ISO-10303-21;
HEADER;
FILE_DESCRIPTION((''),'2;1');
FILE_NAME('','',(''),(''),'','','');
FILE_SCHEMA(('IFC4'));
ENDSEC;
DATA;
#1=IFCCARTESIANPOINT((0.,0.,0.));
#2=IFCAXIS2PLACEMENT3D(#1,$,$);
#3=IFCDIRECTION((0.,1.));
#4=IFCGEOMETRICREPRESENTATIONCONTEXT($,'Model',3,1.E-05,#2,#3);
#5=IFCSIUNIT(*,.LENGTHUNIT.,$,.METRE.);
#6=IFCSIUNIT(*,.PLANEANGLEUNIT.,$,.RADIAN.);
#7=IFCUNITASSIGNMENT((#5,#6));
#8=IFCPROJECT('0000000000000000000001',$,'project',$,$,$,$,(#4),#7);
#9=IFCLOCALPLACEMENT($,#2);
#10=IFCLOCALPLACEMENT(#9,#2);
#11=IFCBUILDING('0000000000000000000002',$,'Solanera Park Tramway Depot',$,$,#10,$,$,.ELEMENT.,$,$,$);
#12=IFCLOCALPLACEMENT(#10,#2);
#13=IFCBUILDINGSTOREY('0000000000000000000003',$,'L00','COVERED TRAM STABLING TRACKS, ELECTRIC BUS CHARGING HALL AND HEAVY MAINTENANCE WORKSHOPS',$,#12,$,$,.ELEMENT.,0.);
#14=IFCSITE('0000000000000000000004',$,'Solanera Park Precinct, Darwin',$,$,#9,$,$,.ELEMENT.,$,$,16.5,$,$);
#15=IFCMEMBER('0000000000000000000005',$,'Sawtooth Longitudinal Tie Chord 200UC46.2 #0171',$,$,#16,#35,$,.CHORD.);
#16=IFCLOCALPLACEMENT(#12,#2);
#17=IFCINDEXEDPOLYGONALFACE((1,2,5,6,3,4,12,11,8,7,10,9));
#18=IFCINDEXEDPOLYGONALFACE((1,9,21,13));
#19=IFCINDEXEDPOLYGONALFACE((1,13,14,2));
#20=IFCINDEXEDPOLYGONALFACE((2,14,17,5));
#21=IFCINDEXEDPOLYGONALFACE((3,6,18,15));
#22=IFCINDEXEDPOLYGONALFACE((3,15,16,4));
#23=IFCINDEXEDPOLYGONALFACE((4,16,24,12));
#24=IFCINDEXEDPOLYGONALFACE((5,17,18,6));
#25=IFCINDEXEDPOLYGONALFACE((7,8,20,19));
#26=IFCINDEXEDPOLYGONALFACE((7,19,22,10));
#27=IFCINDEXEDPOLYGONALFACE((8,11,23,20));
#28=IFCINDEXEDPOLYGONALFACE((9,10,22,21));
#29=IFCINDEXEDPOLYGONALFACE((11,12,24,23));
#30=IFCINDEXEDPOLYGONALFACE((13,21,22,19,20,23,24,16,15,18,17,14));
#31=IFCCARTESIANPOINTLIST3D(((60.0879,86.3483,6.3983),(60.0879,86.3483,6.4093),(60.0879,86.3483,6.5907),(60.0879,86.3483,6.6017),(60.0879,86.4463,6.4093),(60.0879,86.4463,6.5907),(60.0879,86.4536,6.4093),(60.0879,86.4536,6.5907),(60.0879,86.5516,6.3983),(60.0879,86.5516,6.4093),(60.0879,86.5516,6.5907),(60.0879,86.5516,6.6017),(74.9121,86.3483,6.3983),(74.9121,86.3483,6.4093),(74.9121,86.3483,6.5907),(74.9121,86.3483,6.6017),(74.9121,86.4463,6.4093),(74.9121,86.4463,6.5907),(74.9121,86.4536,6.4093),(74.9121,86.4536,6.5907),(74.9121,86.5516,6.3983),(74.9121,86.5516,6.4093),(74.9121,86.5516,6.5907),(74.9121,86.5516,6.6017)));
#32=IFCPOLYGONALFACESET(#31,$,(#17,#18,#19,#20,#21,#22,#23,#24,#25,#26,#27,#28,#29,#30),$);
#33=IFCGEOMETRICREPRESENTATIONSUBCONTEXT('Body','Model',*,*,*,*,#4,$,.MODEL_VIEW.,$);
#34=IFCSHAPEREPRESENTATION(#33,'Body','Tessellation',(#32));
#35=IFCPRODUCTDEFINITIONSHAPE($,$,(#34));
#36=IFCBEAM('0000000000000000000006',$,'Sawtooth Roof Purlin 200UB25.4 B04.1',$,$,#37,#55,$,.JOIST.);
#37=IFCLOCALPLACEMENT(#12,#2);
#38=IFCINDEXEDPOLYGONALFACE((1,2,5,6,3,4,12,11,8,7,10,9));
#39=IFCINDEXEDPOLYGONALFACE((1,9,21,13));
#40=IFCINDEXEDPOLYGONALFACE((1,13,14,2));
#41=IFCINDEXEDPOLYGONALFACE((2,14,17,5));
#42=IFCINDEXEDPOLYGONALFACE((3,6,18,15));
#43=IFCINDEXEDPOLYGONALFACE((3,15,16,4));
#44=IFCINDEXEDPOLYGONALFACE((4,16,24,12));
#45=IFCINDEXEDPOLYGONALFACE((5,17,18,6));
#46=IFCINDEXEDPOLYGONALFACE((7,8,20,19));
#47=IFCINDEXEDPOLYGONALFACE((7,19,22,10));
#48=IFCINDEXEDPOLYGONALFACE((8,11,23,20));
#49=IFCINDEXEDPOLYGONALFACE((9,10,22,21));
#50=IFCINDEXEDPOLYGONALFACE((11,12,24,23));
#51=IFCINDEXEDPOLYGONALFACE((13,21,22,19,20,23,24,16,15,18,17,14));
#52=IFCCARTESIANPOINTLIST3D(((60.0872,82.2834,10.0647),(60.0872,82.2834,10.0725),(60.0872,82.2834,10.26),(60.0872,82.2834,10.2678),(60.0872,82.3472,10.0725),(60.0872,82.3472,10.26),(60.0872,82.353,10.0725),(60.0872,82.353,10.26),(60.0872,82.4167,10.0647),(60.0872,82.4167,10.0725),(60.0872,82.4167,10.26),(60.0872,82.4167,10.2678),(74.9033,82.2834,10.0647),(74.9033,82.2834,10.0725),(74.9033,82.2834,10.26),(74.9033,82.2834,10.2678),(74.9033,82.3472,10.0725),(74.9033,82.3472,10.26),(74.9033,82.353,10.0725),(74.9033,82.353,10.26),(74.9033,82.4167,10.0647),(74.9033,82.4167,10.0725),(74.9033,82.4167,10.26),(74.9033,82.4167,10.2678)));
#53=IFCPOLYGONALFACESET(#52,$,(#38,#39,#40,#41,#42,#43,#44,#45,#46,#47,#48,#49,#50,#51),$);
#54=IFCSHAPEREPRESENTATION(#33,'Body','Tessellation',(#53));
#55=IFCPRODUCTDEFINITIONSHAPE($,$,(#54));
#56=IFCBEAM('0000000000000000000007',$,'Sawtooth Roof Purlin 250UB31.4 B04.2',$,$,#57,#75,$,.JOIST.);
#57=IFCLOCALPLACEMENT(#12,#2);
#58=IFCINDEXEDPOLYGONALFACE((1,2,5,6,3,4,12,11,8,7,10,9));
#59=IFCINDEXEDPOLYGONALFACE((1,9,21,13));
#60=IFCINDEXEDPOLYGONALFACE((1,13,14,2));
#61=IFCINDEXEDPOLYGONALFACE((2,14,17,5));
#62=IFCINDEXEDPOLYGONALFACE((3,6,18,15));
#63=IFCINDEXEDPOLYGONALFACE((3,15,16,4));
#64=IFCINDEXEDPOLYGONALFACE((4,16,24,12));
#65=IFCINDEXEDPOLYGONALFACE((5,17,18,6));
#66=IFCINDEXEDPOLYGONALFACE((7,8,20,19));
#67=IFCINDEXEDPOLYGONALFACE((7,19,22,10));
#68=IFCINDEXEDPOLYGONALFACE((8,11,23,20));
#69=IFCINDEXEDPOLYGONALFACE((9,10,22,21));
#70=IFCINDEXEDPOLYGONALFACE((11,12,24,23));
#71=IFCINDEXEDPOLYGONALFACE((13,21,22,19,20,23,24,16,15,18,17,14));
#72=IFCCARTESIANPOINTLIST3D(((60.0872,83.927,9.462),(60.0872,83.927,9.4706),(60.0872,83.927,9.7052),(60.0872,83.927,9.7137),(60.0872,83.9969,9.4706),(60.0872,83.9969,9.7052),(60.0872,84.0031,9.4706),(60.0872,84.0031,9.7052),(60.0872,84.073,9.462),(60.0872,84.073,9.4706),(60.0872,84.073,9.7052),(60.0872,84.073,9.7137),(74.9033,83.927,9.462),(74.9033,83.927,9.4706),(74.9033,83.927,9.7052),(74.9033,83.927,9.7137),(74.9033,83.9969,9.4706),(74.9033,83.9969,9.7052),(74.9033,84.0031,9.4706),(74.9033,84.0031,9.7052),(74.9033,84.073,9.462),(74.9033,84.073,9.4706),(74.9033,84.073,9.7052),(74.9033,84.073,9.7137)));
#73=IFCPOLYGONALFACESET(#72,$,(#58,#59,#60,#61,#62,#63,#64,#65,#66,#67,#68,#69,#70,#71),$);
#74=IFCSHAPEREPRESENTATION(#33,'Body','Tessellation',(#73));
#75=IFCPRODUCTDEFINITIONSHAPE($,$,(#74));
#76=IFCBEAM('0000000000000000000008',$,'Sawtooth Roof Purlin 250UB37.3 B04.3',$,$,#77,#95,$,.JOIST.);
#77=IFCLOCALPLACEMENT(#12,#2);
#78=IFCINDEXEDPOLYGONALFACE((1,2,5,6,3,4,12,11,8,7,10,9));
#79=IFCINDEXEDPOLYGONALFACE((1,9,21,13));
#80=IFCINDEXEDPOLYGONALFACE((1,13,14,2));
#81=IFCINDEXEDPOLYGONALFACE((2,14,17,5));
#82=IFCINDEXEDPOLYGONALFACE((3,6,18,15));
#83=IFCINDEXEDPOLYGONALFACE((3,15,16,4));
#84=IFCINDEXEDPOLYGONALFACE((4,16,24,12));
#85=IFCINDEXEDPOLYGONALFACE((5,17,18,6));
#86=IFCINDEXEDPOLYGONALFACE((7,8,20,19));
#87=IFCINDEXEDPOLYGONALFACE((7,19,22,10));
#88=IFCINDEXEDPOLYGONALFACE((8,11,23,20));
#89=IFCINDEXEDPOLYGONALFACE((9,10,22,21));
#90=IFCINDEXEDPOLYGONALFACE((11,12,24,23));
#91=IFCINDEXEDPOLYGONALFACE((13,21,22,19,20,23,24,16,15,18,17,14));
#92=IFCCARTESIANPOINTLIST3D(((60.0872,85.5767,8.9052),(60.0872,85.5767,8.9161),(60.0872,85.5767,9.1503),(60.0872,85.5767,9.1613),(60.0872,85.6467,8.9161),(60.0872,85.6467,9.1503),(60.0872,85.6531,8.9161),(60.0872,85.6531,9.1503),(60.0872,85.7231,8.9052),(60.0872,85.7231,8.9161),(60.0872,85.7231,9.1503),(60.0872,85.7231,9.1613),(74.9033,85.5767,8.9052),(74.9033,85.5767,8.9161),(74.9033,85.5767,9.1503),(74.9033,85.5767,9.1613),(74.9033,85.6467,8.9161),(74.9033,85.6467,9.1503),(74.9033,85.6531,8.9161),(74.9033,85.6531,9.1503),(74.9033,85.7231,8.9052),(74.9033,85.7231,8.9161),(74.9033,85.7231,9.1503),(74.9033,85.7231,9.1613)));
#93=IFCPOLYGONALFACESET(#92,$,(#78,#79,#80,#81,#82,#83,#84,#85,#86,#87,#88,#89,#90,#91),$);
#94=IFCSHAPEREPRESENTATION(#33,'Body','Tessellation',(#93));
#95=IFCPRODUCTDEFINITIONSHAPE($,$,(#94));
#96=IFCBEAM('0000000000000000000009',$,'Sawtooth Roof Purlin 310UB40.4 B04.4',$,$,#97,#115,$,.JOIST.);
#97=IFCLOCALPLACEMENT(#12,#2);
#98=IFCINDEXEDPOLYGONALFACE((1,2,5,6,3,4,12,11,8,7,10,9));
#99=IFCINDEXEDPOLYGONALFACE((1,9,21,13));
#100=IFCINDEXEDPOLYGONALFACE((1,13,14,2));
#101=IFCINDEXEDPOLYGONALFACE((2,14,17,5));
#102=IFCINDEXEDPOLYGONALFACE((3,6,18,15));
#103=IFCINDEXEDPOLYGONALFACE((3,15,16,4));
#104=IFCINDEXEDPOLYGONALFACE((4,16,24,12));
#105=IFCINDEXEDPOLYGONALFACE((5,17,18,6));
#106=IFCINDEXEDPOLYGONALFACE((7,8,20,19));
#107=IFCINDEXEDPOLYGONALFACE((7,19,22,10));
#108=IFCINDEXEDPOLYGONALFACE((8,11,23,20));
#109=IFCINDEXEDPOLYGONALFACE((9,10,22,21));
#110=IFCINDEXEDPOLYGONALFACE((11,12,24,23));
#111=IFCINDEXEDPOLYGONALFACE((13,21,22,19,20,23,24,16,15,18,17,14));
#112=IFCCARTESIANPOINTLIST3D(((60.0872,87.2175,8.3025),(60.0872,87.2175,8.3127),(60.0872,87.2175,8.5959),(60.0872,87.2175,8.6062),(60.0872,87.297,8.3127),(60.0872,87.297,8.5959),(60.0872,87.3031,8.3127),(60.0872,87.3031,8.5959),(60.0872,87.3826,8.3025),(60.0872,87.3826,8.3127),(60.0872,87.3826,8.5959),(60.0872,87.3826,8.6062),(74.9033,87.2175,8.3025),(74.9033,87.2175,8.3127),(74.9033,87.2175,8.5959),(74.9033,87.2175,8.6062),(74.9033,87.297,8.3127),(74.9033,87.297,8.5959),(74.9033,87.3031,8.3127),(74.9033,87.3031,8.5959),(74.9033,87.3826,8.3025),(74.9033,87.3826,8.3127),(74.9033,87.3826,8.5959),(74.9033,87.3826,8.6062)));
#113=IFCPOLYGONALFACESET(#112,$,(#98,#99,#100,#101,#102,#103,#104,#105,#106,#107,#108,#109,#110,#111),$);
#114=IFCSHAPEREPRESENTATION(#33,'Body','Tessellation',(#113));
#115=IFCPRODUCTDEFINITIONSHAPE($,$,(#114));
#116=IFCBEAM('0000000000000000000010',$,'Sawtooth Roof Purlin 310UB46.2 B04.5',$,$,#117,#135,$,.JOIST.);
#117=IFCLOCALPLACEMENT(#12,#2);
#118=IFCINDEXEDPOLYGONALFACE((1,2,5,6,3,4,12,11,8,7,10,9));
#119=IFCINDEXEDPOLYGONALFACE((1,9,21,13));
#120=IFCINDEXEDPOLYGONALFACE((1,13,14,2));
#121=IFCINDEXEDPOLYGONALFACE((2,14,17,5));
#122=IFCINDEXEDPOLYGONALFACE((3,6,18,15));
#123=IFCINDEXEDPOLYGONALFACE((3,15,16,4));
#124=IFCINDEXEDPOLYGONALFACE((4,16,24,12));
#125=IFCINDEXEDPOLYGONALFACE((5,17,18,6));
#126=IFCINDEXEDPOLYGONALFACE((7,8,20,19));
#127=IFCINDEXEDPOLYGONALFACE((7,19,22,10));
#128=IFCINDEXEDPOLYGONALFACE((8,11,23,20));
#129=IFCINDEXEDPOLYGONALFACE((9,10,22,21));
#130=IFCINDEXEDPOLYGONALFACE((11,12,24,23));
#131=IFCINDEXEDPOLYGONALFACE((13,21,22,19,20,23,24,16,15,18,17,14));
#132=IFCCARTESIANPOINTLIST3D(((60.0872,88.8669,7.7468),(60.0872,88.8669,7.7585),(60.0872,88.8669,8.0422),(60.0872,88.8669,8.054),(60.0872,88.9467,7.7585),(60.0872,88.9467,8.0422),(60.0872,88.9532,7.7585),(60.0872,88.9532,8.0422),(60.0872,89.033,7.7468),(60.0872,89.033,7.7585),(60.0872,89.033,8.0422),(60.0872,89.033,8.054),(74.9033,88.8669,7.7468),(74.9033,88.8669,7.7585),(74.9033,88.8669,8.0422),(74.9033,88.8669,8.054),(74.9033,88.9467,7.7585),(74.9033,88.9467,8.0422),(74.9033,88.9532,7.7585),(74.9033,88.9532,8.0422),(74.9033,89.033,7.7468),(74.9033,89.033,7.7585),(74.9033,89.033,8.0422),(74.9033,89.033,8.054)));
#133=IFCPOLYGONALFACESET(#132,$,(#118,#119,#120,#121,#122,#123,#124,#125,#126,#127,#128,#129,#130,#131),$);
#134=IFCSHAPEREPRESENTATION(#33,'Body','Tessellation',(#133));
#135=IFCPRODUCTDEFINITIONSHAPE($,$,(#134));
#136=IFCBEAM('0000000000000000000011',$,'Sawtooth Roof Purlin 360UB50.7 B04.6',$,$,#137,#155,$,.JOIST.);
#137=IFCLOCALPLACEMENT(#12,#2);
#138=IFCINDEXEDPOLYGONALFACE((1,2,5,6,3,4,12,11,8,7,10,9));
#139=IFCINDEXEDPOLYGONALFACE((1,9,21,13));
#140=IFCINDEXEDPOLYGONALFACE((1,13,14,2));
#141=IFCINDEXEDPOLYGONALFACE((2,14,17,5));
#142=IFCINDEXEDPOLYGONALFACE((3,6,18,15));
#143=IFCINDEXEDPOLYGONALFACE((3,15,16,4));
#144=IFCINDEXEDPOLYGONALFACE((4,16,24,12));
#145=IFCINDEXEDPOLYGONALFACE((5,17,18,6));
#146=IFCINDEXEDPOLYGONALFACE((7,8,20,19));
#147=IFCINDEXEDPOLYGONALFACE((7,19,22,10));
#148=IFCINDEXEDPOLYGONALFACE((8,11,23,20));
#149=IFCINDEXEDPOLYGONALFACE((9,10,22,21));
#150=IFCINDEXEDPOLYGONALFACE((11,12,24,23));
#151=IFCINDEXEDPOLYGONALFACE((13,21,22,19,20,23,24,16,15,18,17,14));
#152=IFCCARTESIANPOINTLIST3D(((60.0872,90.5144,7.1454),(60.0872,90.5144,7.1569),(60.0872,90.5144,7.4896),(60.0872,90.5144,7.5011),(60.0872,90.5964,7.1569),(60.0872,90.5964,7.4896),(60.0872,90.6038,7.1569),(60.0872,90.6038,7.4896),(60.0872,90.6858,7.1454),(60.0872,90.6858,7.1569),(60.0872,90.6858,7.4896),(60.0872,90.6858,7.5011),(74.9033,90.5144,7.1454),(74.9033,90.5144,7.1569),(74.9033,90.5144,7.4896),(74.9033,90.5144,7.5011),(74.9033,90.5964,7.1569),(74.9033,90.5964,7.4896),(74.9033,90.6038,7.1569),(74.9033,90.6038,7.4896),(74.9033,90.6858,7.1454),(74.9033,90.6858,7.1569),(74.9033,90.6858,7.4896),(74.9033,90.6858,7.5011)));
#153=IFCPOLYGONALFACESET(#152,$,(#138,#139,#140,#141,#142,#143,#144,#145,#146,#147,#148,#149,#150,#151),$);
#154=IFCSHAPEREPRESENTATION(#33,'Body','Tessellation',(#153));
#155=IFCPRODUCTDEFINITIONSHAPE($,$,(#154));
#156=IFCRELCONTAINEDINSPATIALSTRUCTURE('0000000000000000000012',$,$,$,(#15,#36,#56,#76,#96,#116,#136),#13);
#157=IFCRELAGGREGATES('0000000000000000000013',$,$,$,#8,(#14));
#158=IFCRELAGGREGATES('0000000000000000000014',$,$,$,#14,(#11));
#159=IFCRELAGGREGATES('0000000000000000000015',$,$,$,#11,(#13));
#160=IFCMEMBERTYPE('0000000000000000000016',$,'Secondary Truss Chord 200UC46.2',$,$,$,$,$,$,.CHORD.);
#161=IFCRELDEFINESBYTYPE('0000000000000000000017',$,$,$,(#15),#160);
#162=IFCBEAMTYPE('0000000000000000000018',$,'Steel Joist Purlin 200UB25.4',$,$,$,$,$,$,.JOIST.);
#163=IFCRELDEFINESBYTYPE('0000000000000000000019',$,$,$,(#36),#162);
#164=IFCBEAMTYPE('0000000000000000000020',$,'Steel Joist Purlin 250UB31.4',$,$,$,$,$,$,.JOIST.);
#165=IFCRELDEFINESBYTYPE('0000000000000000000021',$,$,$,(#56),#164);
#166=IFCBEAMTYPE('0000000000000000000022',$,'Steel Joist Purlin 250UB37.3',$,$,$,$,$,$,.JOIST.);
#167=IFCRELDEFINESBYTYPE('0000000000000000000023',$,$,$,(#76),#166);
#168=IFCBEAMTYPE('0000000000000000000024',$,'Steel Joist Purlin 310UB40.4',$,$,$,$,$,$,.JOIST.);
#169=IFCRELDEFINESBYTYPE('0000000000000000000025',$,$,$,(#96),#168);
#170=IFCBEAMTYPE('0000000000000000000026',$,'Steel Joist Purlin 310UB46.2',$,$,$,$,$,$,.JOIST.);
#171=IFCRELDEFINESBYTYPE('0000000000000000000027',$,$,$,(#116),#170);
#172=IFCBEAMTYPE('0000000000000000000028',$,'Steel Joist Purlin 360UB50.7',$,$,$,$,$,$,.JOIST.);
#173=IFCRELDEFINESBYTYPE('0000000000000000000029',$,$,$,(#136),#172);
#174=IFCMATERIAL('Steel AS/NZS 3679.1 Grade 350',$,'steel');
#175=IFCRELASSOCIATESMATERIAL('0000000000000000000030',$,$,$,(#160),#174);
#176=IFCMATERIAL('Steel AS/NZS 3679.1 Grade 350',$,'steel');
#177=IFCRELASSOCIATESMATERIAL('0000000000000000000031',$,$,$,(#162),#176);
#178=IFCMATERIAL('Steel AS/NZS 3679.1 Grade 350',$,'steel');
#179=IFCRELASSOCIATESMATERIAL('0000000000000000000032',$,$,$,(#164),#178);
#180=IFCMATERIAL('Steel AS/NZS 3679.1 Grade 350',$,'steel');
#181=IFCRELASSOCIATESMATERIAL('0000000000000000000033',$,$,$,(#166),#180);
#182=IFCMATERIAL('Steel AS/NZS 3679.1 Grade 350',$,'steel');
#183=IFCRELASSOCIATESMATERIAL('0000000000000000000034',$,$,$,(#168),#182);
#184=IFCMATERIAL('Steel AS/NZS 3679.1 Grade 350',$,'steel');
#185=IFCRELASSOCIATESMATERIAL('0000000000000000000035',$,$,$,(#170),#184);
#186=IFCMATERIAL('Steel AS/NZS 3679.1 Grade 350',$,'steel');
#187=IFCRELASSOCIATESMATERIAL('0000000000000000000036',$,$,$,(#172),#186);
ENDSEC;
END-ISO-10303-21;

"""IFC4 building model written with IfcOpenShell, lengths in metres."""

from ifc_helpers import new_model, si_unit, direction, frame, origin, origin_2d, place, context, subcontext, project, spatial, i_section, extrude, material, material_profile, profile_set, type_object, element, save


model = new_model("IFC4")

# Units and contexts
model_context = context("Model", 3, precision=1e-05, world=origin(), true_north=direction((0.0, 1.0)))
body_context = subcontext(model_context, "Body", "Model", "MODEL_VIEW")
ifc_project = project(units=[si_unit("LENGTHUNIT", "METRE"), si_unit("PLANEANGLEUNIT", "RADIAN")], contexts=[model_context])

# Site, building, storey
site_placement = place(None, origin())
site = spatial("IfcSite", under=ifc_project, at=site_placement, Name="Solanera Park Precinct, Darwin", CompositionType="ELEMENT", RefElevation=16.5)
building_placement = place(site_placement, origin())
building = spatial("IfcBuilding", under=site, at=building_placement, Name="Solanera Park Tramway Depot", CompositionType="ELEMENT")
storey_placement = place(building_placement, origin())
storey = spatial("IfcBuildingStorey", under=building, at=storey_placement, Name="L00", Description="COVERED TRAM STABLING TRACKS, ELECTRIC BUS CHARGING HALL AND HEAVY MAINTENANCE WORKSHOPS", CompositionType="ELEMENT", Elevation=0.0)

# Member
ifc_material_1 = material(Name="Steel AS/NZS 3679.1 Grade 350", Category="steel")
ifc_material_profile_1 = material_profile(ifc_material_1, i_section(OverallWidth=0.2034, OverallDepth=0.2034, WebThickness=0.0073, FlangeThickness=0.011, at=origin_2d()), Name="200UC46.2")
ifc_profile_set_1 = profile_set([ifc_material_profile_1], Name="Steel AS/NZS 3679.1 Grade 350")
member_type_1 = type_object("IfcMemberType", Name="Secondary Truss Chord 200UC46.2", PredefinedType="CHORD", material=ifc_profile_set_1)
member_1_placement = place(storey_placement, frame((60.0879, 86.45, 6.5), z_axis=(1.0, 0.0, 0.0), x_axis=(0.0, 1.0, 0.0)))
element("IfcMember", 1, at=member_1_placement, inside=storey, type_object=member_type_1, Name="Sawtooth Longitudinal Tie Chord 200UC46.2 #0171", PredefinedType="CHORD", context=body_context, shape_type="SweptSolid", body=[
    extrude(i_section(OverallWidth=0.2034, OverallDepth=0.2034, WebThickness=0.0073, FlangeThickness=0.011, at=origin_2d()), origin(), (0.0, 0.0, 1.0), 14.8242),
])

# Beams
ifc_material_2 = material(Name="Steel AS/NZS 3679.1 Grade 350", Category="steel")
ifc_material_profile_2 = material_profile(ifc_material_2, i_section(OverallWidth=0.1333, OverallDepth=0.2031, WebThickness=0.0059, FlangeThickness=0.0078, at=origin_2d()), Name="200UB25.4")
ifc_profile_set_2 = profile_set([ifc_material_profile_2], Name="Steel AS/NZS 3679.1 Grade 350")
beam_type_1 = type_object("IfcBeamType", Name="Steel Joist Purlin 200UB25.4", PredefinedType="JOIST", material=ifc_profile_set_2)
beam_1_placement = place(storey_placement, frame((60.0872, 82.3501, 10.1663), z_axis=(1.0, 0.0, 0.0), x_axis=(0.0, 1.0, 0.0)))
element("IfcBeam", 2, at=beam_1_placement, inside=storey, type_object=beam_type_1, Name="Sawtooth Roof Purlin 200UB25.4 B04.1", PredefinedType="JOIST", context=body_context, shape_type="SweptSolid", body=[
    extrude(i_section(OverallWidth=0.1333, OverallDepth=0.2031, WebThickness=0.0059, FlangeThickness=0.0078, at=origin_2d()), origin(), (0.0, 0.0, 1.0), 14.8162),
])
ifc_material_3 = material(Name="Steel AS/NZS 3679.1 Grade 350", Category="steel")
ifc_material_profile_3 = material_profile(ifc_material_3, i_section(OverallWidth=0.146, OverallDepth=0.2517, WebThickness=0.0061, FlangeThickness=0.0085, at=origin_2d()), Name="250UB31.4")
ifc_profile_set_3 = profile_set([ifc_material_profile_3], Name="Steel AS/NZS 3679.1 Grade 350")
beam_type_2 = type_object("IfcBeamType", Name="Steel Joist Purlin 250UB31.4", PredefinedType="JOIST", material=ifc_profile_set_3)
beam_2_placement = place(storey_placement, frame((60.0872, 84.0, 9.5879), z_axis=(1.0, 0.0, 0.0), x_axis=(0.0, 1.0, 0.0)))
element("IfcBeam", 3, at=beam_2_placement, inside=storey, type_object=beam_type_2, Name="Sawtooth Roof Purlin 250UB31.4 B04.2", PredefinedType="JOIST", context=body_context, shape_type="SweptSolid", body=[
    extrude(i_section(OverallWidth=0.146, OverallDepth=0.2517, WebThickness=0.0061, FlangeThickness=0.0085, at=origin_2d()), origin(), (0.0, 0.0, 1.0), 14.8162),
])
ifc_material_4 = material(Name="Steel AS/NZS 3679.1 Grade 350", Category="steel")
ifc_material_profile_4 = material_profile(ifc_material_4, i_section(OverallWidth=0.1465, OverallDepth=0.2561, WebThickness=0.0063, FlangeThickness=0.011, at=origin_2d()), Name="250UB37.3")
ifc_profile_set_4 = profile_set([ifc_material_profile_4], Name="Steel AS/NZS 3679.1 Grade 350")
beam_type_3 = type_object("IfcBeamType", Name="Steel Joist Purlin 250UB37.3", PredefinedType="JOIST", material=ifc_profile_set_4)
beam_3_placement = place(storey_placement, frame((60.0872, 85.6499, 9.0332), z_axis=(1.0, 0.0, 0.0), x_axis=(0.0, 1.0, 0.0)))
element("IfcBeam", 4, at=beam_3_placement, inside=storey, type_object=beam_type_3, Name="Sawtooth Roof Purlin 250UB37.3 B04.3", PredefinedType="JOIST", context=body_context, shape_type="SweptSolid", body=[
    extrude(i_section(OverallWidth=0.1465, OverallDepth=0.2561, WebThickness=0.0063, FlangeThickness=0.011, at=origin_2d()), origin(), (0.0, 0.0, 1.0), 14.8162),
])
ifc_material_5 = material(Name="Steel AS/NZS 3679.1 Grade 350", Category="steel")
ifc_material_profile_5 = material_profile(ifc_material_5, i_section(OverallWidth=0.165, OverallDepth=0.3037, WebThickness=0.0061, FlangeThickness=0.0103, at=origin_2d()), Name="310UB40.4")
ifc_profile_set_5 = profile_set([ifc_material_profile_5], Name="Steel AS/NZS 3679.1 Grade 350")
beam_type_4 = type_object("IfcBeamType", Name="Steel Joist Purlin 310UB40.4", PredefinedType="JOIST", material=ifc_profile_set_5)
beam_4_placement = place(storey_placement, frame((60.0872, 87.3, 8.4543), z_axis=(1.0, 0.0, 0.0), x_axis=(0.0, 1.0, 0.0)))
element("IfcBeam", 5, at=beam_4_placement, inside=storey, type_object=beam_type_4, Name="Sawtooth Roof Purlin 310UB40.4 B04.4", PredefinedType="JOIST", context=body_context, shape_type="SweptSolid", body=[
    extrude(i_section(OverallWidth=0.165, OverallDepth=0.3037, WebThickness=0.0061, FlangeThickness=0.0103, at=origin_2d()), origin(), (0.0, 0.0, 1.0), 14.8162),
])
ifc_material_6 = material(Name="Steel AS/NZS 3679.1 Grade 350", Category="steel")
ifc_material_profile_6 = material_profile(ifc_material_6, i_section(OverallWidth=0.166, OverallDepth=0.3071, WebThickness=0.0066, FlangeThickness=0.0117, at=origin_2d()), Name="310UB46.2")
ifc_profile_set_6 = profile_set([ifc_material_profile_6], Name="Steel AS/NZS 3679.1 Grade 350")
beam_type_5 = type_object("IfcBeamType", Name="Steel Joist Purlin 310UB46.2", PredefinedType="JOIST", material=ifc_profile_set_6)
beam_5_placement = place(storey_placement, frame((60.0872, 88.95, 7.9004), z_axis=(1.0, 0.0, 0.0), x_axis=(0.0, 1.0, 0.0)))
element("IfcBeam", 6, at=beam_5_placement, inside=storey, type_object=beam_type_5, Name="Sawtooth Roof Purlin 310UB46.2 B04.5", PredefinedType="JOIST", context=body_context, shape_type="SweptSolid", body=[
    extrude(i_section(OverallWidth=0.166, OverallDepth=0.3071, WebThickness=0.0066, FlangeThickness=0.0117, at=origin_2d()), origin(), (0.0, 0.0, 1.0), 14.8162),
])
ifc_material_7 = material(Name="Steel AS/NZS 3679.1 Grade 350", Category="steel")
ifc_material_profile_7 = material_profile(ifc_material_7, i_section(OverallWidth=0.1714, OverallDepth=0.3557, WebThickness=0.0073, FlangeThickness=0.0115, at=origin_2d()), Name="360UB50.7")
ifc_profile_set_7 = profile_set([ifc_material_profile_7], Name="Steel AS/NZS 3679.1 Grade 350")
beam_type_6 = type_object("IfcBeamType", Name="Steel Joist Purlin 360UB50.7", PredefinedType="JOIST", material=ifc_profile_set_7)
beam_6_placement = place(storey_placement, frame((60.0872, 90.6001, 7.3232), z_axis=(1.0, 0.0, 0.0), x_axis=(0.0, 1.0, 0.0)))
element("IfcBeam", 7, at=beam_6_placement, inside=storey, type_object=beam_type_6, Name="Sawtooth Roof Purlin 360UB50.7 B04.6", PredefinedType="JOIST", context=body_context, shape_type="SweptSolid", body=[
    extrude(i_section(OverallWidth=0.1714, OverallDepth=0.3557, WebThickness=0.0073, FlangeThickness=0.0115, at=origin_2d()), origin(), (0.0, 0.0, 1.0), 14.8162),
])

save(model, "model.ifc")
